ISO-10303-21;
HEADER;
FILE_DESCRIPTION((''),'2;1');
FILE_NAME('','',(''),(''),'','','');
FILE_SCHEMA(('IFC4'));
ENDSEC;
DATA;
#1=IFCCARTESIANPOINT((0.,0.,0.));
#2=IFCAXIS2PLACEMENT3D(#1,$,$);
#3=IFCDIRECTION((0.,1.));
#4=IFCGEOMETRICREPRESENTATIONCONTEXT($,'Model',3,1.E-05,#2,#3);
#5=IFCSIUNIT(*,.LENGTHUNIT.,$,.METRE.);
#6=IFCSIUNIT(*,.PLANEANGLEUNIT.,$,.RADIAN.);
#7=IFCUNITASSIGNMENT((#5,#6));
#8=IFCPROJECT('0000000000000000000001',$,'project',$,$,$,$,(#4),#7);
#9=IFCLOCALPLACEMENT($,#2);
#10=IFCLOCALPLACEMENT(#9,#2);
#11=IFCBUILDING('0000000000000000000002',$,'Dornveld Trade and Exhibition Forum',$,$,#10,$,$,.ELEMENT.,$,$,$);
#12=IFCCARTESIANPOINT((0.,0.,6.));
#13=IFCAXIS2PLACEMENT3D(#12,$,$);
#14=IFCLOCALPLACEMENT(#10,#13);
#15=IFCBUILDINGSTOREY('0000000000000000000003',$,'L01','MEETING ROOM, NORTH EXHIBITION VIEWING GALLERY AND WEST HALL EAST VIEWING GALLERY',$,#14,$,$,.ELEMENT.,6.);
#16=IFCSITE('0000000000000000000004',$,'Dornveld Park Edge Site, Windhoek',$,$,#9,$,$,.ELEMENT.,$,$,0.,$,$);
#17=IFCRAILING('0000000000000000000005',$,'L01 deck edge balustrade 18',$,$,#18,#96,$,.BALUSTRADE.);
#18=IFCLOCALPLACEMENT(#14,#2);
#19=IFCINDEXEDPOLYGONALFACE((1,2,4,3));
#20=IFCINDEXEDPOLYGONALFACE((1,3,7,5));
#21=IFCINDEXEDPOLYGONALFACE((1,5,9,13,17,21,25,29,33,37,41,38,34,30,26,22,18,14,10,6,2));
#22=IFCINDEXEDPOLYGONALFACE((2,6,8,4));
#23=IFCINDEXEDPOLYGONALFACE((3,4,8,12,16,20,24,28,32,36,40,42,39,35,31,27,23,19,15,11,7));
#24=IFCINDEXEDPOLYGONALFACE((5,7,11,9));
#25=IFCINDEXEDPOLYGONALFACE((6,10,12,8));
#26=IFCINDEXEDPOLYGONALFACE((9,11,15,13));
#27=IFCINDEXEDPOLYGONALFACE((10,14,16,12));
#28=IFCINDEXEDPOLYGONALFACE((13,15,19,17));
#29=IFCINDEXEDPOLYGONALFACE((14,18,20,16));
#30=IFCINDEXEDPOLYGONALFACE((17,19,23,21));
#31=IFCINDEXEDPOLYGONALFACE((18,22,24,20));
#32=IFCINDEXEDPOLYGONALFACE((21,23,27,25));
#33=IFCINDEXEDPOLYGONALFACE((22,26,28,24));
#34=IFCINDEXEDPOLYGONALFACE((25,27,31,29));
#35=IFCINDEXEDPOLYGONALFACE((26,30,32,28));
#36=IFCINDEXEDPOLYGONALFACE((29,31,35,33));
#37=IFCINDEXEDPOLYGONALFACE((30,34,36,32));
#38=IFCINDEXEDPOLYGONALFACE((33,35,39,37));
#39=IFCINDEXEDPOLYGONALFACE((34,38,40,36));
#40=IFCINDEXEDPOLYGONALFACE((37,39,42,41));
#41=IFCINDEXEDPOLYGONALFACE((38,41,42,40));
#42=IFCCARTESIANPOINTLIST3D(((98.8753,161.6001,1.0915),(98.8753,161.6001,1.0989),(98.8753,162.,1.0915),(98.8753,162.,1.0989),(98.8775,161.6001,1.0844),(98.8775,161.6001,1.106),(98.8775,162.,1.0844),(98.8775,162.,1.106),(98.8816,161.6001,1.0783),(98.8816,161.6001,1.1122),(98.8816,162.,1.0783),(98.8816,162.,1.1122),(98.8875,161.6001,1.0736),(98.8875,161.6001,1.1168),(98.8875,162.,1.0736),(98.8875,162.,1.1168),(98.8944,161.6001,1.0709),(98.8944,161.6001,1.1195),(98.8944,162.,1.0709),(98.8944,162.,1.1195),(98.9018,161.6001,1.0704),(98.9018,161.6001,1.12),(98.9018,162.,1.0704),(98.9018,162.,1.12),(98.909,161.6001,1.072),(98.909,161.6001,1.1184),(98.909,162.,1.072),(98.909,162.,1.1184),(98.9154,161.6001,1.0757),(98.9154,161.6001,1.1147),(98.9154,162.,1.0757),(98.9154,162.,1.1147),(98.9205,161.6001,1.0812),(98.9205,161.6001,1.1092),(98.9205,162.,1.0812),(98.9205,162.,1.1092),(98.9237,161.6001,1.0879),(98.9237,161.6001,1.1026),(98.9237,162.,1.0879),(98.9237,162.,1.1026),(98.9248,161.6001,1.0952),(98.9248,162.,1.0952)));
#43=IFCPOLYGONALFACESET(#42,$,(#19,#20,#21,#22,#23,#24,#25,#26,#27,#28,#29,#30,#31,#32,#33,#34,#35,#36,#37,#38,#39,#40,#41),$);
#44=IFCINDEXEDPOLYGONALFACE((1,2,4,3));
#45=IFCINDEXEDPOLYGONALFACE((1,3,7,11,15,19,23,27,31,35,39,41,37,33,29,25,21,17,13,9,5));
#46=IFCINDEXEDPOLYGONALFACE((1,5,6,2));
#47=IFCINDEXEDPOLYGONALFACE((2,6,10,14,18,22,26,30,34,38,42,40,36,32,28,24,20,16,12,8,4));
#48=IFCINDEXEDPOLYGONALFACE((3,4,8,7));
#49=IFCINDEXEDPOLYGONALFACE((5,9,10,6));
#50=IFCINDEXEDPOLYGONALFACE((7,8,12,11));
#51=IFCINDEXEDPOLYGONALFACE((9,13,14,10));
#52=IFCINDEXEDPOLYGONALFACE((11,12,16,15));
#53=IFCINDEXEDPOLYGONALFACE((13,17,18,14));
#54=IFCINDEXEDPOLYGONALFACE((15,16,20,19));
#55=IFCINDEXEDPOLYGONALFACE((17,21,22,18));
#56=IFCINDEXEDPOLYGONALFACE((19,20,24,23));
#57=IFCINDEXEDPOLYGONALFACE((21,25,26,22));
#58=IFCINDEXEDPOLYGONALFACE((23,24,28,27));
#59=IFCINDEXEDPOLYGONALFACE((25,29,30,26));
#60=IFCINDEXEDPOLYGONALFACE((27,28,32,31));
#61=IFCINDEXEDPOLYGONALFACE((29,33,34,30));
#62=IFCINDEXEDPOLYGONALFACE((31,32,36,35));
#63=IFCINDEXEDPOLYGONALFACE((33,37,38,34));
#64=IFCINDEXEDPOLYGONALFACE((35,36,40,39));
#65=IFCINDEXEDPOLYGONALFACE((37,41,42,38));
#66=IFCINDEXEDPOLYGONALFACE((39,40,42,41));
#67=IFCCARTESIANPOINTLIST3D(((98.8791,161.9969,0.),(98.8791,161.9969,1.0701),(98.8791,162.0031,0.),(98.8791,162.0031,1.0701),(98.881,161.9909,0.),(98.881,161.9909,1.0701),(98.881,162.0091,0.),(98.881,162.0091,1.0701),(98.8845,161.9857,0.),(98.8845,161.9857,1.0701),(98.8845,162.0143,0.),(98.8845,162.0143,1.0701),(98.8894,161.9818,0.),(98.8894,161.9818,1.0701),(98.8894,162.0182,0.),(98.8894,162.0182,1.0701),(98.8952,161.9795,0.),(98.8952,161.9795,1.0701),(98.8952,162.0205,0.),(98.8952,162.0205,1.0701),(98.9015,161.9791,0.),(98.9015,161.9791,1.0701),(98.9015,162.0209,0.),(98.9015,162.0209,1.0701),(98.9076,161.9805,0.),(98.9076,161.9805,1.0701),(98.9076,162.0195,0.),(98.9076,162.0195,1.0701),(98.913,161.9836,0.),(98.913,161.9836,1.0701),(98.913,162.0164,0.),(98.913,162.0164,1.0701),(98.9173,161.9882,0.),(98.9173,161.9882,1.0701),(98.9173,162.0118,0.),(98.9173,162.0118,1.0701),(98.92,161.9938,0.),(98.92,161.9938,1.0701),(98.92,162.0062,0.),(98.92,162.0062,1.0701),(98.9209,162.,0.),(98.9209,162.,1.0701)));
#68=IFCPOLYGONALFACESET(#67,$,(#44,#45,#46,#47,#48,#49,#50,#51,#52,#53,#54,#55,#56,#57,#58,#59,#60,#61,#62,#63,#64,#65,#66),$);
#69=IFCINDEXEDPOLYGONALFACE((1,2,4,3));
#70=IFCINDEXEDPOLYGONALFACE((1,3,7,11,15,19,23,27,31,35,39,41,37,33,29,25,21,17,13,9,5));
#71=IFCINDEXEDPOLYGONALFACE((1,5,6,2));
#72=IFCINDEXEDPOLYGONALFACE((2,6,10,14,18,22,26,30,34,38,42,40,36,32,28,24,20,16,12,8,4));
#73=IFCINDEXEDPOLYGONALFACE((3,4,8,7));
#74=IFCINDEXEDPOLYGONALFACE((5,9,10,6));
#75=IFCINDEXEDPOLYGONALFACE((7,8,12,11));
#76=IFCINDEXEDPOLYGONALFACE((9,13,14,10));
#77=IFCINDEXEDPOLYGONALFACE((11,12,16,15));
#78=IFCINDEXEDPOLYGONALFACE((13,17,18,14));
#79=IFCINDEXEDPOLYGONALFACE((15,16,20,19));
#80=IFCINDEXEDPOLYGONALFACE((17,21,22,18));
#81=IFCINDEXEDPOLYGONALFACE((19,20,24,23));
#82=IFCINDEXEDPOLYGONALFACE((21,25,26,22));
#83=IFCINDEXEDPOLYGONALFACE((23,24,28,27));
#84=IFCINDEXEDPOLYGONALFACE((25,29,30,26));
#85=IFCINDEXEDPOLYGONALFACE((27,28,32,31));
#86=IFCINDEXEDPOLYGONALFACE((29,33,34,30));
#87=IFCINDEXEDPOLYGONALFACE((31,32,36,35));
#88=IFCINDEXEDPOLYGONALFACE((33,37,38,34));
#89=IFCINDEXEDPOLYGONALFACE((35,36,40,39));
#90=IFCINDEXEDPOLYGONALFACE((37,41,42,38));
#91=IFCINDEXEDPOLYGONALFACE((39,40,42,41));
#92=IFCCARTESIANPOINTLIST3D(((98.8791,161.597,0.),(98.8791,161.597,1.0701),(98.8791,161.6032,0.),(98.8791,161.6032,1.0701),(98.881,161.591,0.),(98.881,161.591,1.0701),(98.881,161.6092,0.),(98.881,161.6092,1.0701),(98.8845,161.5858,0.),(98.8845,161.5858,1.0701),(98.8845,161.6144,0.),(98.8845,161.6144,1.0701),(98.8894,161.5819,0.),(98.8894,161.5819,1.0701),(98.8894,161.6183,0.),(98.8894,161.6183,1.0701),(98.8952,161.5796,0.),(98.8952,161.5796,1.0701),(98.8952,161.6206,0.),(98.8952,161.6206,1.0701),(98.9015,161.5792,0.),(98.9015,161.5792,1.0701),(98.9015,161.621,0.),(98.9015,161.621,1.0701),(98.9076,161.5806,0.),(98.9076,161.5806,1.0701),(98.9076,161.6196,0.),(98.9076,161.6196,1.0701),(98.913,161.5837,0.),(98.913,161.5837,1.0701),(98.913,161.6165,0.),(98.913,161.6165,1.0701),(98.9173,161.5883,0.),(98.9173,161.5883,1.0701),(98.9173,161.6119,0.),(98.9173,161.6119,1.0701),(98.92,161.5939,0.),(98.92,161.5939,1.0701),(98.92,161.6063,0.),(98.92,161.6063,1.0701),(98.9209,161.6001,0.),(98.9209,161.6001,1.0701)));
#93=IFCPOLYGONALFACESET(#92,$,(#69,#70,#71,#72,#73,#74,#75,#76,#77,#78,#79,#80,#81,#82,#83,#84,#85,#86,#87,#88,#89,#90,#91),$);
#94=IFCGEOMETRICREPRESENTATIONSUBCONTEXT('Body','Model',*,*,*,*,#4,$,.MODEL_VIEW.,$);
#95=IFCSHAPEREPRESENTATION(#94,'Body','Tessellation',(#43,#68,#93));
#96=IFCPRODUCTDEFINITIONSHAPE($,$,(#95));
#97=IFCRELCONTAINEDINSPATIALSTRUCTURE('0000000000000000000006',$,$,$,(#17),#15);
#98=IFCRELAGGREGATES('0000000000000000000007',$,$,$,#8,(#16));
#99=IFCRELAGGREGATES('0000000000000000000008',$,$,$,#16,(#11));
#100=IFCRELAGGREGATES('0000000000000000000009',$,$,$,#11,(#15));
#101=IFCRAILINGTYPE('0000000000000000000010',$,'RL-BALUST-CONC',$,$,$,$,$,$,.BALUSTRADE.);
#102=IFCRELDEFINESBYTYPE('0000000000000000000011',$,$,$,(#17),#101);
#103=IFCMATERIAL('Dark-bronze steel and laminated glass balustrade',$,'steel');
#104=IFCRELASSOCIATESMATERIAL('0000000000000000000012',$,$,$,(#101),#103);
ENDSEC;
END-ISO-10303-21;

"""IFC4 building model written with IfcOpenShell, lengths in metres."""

from ifc_helpers import new_model, si_unit, direction, frame, origin, origin_2d, place, context, subcontext, project, spatial, circle, extrude, material, type_object, element, save


model = new_model("IFC4")

# Units and contexts
model_context = context("Model", 3, precision=1e-05, world=origin(), true_north=direction((0.0, 1.0)))
body_context = subcontext(model_context, "Body", "Model", "MODEL_VIEW")
ifc_project = project(units=[si_unit("LENGTHUNIT", "METRE"), si_unit("PLANEANGLEUNIT", "RADIAN")], contexts=[model_context])

# Site, building, storey
site_placement = place(None, origin())
site = spatial("IfcSite", under=ifc_project, at=site_placement, Name="Dornveld Park Edge Site, Windhoek", CompositionType="ELEMENT", RefElevation=0.0)
building_placement = place(site_placement, origin())
building = spatial("IfcBuilding", under=site, at=building_placement, Name="Dornveld Trade and Exhibition Forum", CompositionType="ELEMENT")
storey_placement = place(building_placement, frame((0.0, 0.0, 6.0)))
storey = spatial("IfcBuildingStorey", under=building, at=storey_placement, Name="L01", Description="MEETING ROOM, NORTH EXHIBITION VIEWING GALLERY AND WEST HALL EAST VIEWING GALLERY", CompositionType="ELEMENT", Elevation=6.0)

# Railing
ifc_material_1 = material(Name="Dark-bronze steel and laminated glass balustrade", Category="steel")
railing_type = type_object("IfcRailingType", Name="RL-BALUST-CONC", PredefinedType="BALUSTRADE", material=ifc_material_1)
railing_1_placement = place(storey_placement, frame((98.8999, 162.0, 0.0)))
element("IfcRailing", 1, at=railing_1_placement, inside=storey, type_object=railing_type, Name="L01 deck edge balustrade 18", PredefinedType="BALUSTRADE", context=body_context, shape_type="SweptSolid", body=[
    extrude(circle(Radius=0.0249, at=origin_2d()), frame((0.0, 0.0, 1.0952), z_axis=(0.0, -1.0, 0.0), x_axis=(1.0, 0.0, 0.0)), (0.0, 0.0, 1.0), 0.3999),
    extrude(circle(Radius=0.021, at=origin_2d()), origin(), (0.0, 0.0, 1.0), 1.0701),
    extrude(circle(Radius=0.021, at=origin_2d()), frame((0.0, -0.3999, 0.0)), (0.0, 0.0, 1.0), 1.0701),
])

save(model, "model.ifc")
